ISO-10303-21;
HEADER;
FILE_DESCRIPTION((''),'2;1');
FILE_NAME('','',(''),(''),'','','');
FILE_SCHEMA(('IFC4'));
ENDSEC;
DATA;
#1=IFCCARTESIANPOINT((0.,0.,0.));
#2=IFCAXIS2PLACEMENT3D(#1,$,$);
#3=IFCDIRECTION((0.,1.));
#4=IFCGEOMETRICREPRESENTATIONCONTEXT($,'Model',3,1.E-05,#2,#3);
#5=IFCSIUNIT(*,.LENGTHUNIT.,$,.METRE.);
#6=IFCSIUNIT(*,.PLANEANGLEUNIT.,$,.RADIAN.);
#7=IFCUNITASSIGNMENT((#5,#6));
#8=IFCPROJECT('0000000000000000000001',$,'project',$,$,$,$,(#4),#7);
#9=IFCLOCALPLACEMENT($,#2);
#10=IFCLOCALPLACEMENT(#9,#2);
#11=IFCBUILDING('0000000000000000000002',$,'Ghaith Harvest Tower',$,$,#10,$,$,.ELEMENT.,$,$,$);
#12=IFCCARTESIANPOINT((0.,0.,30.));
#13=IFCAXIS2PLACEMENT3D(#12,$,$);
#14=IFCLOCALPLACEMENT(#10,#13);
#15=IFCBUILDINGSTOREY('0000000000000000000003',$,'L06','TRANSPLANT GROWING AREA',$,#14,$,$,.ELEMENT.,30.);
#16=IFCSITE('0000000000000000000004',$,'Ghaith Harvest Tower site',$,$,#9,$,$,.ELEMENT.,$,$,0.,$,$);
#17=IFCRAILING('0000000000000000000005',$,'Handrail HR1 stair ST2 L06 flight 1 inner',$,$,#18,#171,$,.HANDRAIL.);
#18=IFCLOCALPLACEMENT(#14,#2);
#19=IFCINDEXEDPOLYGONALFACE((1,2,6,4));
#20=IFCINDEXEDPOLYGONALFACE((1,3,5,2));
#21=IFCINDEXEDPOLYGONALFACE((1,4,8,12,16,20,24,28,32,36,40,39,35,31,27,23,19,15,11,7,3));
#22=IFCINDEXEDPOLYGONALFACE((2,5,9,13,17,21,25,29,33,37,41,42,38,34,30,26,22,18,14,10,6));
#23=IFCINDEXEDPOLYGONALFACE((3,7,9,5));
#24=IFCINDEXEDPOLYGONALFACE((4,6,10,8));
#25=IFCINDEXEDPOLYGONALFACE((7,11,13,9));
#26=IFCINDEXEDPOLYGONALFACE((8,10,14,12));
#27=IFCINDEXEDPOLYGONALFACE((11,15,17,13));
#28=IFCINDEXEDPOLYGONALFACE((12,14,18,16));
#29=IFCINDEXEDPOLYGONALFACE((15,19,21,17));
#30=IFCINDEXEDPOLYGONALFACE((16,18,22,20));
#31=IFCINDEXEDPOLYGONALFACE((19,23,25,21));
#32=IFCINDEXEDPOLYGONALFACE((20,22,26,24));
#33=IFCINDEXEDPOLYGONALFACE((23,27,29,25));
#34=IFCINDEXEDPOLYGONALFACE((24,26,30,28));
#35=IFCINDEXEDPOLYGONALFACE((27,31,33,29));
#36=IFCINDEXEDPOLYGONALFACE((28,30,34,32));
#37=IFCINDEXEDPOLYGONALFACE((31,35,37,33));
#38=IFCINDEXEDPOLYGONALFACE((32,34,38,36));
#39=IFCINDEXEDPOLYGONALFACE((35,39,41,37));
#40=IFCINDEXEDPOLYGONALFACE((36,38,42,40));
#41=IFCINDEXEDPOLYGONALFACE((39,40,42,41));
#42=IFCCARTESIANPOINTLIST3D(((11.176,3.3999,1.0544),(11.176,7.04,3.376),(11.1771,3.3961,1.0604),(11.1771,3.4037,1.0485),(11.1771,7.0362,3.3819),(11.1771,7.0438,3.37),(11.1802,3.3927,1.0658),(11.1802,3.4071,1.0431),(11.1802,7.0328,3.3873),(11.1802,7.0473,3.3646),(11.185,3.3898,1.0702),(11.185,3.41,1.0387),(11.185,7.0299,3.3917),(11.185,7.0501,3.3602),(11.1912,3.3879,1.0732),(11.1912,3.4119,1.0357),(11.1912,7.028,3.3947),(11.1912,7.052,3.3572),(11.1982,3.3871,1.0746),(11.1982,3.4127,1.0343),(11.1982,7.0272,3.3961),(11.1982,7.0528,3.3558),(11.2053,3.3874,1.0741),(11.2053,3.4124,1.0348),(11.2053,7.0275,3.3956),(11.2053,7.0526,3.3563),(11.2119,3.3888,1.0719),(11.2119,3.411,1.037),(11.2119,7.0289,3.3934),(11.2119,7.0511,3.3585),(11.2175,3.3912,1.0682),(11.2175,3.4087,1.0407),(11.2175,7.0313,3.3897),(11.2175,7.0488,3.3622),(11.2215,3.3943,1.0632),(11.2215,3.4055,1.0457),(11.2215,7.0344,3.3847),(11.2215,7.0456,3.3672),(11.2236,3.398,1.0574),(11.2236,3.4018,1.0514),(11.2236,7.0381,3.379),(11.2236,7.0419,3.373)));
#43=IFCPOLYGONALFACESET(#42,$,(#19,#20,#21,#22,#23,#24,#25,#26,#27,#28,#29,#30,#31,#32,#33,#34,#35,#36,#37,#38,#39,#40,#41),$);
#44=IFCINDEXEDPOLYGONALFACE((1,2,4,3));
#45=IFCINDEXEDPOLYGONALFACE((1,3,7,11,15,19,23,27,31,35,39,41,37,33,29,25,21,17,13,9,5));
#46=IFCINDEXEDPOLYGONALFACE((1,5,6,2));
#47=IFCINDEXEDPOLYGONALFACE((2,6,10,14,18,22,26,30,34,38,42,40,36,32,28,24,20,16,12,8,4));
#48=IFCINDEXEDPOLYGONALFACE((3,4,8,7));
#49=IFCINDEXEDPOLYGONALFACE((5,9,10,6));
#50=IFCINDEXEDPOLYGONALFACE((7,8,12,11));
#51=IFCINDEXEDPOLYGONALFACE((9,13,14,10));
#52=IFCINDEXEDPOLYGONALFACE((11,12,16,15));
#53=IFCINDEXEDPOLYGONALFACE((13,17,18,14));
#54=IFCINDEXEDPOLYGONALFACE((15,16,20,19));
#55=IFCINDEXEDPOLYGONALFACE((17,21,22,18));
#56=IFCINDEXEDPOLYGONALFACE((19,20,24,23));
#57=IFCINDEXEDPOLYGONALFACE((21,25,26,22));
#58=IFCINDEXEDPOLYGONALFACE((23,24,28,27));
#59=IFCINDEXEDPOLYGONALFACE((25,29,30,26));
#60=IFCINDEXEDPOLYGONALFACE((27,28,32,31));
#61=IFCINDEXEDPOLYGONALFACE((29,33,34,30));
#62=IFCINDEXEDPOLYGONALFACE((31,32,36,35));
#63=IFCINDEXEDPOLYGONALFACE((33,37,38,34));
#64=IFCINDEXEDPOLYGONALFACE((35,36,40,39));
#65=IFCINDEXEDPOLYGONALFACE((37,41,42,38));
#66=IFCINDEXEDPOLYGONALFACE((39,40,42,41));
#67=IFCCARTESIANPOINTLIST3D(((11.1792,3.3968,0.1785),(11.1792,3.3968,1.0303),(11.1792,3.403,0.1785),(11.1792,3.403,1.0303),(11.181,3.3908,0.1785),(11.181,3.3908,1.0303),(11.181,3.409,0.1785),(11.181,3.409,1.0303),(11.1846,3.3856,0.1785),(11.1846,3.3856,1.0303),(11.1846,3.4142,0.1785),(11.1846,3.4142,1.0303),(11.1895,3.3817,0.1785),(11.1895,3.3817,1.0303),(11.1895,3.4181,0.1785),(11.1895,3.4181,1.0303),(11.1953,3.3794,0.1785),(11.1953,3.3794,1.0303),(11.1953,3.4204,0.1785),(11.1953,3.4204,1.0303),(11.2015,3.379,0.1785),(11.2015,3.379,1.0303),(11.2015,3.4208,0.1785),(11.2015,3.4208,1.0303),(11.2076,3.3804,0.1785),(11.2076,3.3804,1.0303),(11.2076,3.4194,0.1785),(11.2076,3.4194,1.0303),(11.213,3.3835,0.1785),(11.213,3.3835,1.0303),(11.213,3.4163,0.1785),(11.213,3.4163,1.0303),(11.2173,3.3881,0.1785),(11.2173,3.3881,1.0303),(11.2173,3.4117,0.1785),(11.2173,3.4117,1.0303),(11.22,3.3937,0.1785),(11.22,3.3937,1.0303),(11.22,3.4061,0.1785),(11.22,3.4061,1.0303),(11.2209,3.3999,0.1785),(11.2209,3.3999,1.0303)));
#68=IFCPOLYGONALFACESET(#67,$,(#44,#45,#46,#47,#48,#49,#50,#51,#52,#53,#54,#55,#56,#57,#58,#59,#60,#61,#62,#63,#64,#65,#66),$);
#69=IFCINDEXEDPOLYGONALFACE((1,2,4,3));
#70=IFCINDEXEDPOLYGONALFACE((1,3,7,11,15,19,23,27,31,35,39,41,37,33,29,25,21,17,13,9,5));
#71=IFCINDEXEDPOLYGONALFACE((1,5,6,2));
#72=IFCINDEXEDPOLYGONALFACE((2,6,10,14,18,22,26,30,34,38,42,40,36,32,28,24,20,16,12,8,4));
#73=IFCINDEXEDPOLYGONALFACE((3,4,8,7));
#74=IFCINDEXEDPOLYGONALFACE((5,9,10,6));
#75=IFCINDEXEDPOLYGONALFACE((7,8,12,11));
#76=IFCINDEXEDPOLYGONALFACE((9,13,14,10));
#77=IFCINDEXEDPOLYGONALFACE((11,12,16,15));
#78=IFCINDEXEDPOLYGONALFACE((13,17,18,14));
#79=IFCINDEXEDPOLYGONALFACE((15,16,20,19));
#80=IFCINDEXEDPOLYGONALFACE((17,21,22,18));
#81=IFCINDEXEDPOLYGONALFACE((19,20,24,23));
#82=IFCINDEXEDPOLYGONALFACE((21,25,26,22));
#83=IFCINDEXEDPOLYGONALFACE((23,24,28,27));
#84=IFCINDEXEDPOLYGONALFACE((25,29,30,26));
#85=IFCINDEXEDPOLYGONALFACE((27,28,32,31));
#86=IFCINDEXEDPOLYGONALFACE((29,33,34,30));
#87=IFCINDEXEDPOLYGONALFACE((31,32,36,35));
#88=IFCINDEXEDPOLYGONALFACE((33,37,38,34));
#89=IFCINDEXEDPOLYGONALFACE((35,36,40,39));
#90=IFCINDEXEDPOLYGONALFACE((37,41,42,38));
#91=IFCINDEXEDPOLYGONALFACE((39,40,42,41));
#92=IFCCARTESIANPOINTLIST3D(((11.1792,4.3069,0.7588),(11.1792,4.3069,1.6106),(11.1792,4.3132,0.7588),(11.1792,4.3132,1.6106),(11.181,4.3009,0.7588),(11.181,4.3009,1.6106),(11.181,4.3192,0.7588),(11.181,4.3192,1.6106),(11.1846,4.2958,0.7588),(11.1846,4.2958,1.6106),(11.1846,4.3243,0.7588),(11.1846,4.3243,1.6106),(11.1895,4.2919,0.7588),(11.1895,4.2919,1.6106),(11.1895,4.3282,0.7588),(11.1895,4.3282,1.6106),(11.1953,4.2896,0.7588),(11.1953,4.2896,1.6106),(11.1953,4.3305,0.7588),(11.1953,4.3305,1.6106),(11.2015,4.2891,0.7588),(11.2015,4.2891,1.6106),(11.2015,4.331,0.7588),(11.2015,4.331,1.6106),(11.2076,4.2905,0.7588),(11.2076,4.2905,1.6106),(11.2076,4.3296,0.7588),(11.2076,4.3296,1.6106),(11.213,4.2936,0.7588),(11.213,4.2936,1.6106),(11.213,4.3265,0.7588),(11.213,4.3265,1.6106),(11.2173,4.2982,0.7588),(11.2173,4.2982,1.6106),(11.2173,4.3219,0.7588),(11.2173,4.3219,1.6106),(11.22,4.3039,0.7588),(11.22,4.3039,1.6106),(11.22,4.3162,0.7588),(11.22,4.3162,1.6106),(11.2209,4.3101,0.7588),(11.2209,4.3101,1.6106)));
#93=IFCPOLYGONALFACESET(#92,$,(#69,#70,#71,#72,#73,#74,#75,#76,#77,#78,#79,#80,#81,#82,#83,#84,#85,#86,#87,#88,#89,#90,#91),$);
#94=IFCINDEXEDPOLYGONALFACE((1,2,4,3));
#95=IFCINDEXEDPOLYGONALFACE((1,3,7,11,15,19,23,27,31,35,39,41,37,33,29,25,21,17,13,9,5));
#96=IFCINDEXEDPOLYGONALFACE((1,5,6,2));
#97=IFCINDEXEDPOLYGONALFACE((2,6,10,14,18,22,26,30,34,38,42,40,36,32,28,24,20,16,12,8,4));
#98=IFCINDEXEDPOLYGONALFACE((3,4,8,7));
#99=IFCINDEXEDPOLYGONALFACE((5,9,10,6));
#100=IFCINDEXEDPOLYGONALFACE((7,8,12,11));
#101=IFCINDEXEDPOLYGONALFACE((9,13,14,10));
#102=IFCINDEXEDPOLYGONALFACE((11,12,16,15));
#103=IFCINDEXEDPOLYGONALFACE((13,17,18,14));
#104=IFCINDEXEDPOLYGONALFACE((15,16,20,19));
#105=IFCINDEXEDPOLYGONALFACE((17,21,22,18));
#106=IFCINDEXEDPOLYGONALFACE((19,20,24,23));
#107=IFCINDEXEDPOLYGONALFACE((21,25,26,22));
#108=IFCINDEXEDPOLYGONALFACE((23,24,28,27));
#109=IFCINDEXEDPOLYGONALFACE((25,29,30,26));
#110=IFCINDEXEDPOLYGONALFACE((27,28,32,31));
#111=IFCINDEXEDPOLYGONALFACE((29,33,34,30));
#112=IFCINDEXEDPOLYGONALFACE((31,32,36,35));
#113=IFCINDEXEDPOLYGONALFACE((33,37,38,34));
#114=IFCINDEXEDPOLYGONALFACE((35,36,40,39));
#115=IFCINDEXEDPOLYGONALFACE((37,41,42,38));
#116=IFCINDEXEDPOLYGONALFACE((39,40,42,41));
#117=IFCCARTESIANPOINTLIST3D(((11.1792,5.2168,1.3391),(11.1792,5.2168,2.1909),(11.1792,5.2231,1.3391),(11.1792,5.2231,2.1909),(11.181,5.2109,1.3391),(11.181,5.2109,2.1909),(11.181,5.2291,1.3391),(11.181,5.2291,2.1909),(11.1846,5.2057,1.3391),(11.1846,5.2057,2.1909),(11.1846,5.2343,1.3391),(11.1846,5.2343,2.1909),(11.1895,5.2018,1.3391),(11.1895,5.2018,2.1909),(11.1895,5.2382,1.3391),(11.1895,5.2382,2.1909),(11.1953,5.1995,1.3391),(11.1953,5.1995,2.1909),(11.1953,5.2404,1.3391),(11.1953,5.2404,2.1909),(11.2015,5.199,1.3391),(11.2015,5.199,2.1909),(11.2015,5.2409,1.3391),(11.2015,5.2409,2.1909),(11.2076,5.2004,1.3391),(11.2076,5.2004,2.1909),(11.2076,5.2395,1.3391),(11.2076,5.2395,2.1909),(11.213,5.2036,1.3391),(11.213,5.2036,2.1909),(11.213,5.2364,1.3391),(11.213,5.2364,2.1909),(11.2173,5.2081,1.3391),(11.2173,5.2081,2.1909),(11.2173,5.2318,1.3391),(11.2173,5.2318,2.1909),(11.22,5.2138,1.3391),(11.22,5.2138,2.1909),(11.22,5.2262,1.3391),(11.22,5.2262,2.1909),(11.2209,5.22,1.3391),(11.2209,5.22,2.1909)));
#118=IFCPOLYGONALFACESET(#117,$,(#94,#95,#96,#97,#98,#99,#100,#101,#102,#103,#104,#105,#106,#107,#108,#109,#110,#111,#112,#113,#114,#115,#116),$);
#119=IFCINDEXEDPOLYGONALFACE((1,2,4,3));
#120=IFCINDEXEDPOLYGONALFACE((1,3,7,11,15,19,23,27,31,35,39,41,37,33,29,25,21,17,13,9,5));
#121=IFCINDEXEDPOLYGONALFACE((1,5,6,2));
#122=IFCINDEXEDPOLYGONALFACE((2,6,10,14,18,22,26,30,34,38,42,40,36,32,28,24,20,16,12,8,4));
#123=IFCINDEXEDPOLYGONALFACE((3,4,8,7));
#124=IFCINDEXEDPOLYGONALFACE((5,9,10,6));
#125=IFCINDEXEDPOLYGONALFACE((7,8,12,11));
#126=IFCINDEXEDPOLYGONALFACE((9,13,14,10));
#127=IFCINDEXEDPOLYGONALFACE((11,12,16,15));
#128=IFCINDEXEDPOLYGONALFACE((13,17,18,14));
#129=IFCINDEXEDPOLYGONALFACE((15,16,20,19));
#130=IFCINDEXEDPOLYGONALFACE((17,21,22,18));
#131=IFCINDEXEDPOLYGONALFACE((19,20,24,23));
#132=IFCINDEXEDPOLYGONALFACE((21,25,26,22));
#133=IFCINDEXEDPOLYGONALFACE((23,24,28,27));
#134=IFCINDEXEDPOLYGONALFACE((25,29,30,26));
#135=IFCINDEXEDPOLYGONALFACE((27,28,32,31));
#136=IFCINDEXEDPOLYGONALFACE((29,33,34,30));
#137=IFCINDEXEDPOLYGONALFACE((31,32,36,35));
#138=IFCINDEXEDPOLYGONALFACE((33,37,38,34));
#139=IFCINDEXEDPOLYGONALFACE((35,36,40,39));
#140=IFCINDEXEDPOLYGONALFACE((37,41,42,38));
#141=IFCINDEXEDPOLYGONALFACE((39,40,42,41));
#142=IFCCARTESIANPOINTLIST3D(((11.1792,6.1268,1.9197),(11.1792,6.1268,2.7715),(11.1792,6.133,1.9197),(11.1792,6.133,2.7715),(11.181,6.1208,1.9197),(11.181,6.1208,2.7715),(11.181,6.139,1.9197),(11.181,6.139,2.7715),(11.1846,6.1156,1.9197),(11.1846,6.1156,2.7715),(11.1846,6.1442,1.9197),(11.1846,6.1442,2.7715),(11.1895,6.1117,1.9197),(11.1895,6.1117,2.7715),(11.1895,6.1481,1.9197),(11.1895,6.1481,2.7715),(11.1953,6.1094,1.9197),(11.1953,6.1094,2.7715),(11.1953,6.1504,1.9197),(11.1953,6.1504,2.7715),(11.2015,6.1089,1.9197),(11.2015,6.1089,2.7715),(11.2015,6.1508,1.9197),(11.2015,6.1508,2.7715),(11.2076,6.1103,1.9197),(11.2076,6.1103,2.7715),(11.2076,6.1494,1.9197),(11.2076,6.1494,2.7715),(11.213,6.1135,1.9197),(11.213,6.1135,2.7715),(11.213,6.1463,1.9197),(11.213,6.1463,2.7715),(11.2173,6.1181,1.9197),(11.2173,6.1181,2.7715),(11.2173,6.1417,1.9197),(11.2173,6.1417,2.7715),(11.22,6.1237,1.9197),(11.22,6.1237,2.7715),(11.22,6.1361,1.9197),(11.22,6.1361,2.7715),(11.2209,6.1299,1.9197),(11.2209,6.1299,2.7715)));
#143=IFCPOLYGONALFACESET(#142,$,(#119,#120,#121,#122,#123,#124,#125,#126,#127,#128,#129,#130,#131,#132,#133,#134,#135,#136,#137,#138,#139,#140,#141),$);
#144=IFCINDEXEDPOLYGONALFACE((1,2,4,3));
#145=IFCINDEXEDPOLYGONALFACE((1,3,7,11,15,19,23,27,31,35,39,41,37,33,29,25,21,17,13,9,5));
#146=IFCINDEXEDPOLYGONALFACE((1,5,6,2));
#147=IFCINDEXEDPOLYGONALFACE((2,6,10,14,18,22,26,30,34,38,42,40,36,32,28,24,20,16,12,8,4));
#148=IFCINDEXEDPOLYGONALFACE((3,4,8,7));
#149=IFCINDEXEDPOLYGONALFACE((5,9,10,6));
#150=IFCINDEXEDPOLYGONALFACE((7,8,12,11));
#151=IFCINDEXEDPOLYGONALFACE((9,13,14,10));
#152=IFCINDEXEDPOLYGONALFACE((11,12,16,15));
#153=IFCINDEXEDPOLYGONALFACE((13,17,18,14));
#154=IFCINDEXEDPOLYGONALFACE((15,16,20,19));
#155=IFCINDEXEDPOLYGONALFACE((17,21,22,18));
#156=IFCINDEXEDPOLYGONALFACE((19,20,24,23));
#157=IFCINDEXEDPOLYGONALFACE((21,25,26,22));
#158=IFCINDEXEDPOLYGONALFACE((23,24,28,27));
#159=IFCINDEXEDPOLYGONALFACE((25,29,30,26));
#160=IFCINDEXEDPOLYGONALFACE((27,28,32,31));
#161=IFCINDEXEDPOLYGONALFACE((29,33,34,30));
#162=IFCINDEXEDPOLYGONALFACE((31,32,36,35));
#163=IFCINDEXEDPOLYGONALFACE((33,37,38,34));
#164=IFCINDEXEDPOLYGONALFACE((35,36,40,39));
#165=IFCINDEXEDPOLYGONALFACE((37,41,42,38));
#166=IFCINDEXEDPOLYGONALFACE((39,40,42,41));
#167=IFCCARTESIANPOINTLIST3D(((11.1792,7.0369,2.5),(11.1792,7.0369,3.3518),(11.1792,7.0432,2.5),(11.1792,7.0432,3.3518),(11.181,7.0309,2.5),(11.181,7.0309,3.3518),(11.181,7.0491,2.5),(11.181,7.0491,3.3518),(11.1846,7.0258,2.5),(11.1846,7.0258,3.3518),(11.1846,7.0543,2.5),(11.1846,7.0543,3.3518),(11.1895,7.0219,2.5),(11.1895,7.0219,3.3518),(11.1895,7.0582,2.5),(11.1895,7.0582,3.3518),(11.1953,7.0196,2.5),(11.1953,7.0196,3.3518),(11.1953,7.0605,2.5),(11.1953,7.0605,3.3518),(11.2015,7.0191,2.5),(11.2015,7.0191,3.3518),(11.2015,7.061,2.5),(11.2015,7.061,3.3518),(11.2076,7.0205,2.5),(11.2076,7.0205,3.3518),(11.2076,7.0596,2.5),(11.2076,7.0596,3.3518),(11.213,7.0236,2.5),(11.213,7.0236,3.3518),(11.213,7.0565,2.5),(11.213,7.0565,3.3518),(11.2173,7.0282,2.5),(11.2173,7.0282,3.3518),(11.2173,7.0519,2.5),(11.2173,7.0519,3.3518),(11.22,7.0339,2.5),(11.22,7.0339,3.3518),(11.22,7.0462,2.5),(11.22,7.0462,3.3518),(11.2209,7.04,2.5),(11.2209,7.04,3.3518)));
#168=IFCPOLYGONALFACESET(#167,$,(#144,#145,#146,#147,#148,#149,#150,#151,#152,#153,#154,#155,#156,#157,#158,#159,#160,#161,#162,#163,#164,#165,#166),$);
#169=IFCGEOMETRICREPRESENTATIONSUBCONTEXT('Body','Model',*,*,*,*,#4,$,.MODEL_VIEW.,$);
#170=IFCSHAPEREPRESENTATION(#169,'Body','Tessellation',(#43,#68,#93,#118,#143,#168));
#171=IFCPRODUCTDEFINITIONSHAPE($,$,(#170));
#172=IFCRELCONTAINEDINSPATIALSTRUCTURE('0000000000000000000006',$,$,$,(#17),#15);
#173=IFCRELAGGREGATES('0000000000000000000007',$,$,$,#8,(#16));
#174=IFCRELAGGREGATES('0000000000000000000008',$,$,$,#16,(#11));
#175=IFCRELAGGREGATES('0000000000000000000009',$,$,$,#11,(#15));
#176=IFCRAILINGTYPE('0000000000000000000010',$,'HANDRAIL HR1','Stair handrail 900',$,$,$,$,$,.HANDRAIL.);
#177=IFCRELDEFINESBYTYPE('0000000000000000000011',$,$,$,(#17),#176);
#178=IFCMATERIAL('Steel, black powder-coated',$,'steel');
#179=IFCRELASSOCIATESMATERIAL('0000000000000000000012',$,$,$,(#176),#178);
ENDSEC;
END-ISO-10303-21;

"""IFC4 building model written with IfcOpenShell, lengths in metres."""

from ifc_helpers import new_model, si_unit, direction, frame, origin, origin_2d, place, context, subcontext, project, spatial, circle, extrude, material, type_object, element, save


model = new_model("IFC4")

# Units and contexts
model_context = context("Model", 3, precision=1e-05, world=origin(), true_north=direction((0.0, 1.0)))
body_context = subcontext(model_context, "Body", "Model", "MODEL_VIEW")
ifc_project = project(units=[si_unit("LENGTHUNIT", "METRE"), si_unit("PLANEANGLEUNIT", "RADIAN")], contexts=[model_context])

# Site, building, storey
site_placement = place(None, origin())
site = spatial("IfcSite", under=ifc_project, at=site_placement, Name="Ghaith Harvest Tower site", CompositionType="ELEMENT", RefElevation=0.0)
building_placement = place(site_placement, origin())
building = spatial("IfcBuilding", under=site, at=building_placement, Name="Ghaith Harvest Tower", CompositionType="ELEMENT")
storey_placement = place(building_placement, frame((0.0, 0.0, 30.0)))
storey = spatial("IfcBuildingStorey", under=building, at=storey_placement, Name="L06", Description="TRANSPLANT GROWING AREA", CompositionType="ELEMENT", Elevation=30.0)

# Railing
ifc_material_1 = material(Name="Steel, black powder-coated", Category="steel")
railing_type = type_object("IfcRailingType", Name="HANDRAIL HR1", Description="Stair handrail 900", PredefinedType="HANDRAIL", material=ifc_material_1)
railing_1_placement = place(storey_placement, frame((11.2, 3.3999, 0.1785)))
element("IfcRailing", 1, at=railing_1_placement, inside=storey, type_object=railing_type, Name="Handrail HR1 stair ST2 L06 flight 1 inner", PredefinedType="HANDRAIL", context=body_context, shape_type="SweptSolid", body=[
    extrude(circle(Radius=0.0239, at=origin_2d()), frame((0.0, 0.0, 0.876), z_axis=(0.0, 0.843128, 0.537713), x_axis=(-1.0, 0.0, 0.0)), (0.0, 0.0, 1.0), 4.3174),
    extrude(circle(Radius=0.021, at=origin_2d()), origin(), (0.0, 0.0, 1.0), 0.8518),
    extrude(circle(Radius=0.021, at=origin_2d()), frame((0.0, 0.9102, 0.5803)), (0.0, 0.0, 1.0), 0.8518),
    extrude(circle(Radius=0.021, at=origin_2d()), frame((0.0, 1.8201, 1.1606)), (0.0, 0.0, 1.0), 0.8518),
    extrude(circle(Radius=0.021, at=origin_2d()), frame((0.0, 2.73, 1.7412)), (0.0, 0.0, 1.0), 0.8518),
    extrude(circle(Radius=0.021, at=origin_2d()), frame((0.0, 3.6401, 2.3215)), (0.0, 0.0, 1.0), 0.8518),
])

save(model, "model.ifc")
